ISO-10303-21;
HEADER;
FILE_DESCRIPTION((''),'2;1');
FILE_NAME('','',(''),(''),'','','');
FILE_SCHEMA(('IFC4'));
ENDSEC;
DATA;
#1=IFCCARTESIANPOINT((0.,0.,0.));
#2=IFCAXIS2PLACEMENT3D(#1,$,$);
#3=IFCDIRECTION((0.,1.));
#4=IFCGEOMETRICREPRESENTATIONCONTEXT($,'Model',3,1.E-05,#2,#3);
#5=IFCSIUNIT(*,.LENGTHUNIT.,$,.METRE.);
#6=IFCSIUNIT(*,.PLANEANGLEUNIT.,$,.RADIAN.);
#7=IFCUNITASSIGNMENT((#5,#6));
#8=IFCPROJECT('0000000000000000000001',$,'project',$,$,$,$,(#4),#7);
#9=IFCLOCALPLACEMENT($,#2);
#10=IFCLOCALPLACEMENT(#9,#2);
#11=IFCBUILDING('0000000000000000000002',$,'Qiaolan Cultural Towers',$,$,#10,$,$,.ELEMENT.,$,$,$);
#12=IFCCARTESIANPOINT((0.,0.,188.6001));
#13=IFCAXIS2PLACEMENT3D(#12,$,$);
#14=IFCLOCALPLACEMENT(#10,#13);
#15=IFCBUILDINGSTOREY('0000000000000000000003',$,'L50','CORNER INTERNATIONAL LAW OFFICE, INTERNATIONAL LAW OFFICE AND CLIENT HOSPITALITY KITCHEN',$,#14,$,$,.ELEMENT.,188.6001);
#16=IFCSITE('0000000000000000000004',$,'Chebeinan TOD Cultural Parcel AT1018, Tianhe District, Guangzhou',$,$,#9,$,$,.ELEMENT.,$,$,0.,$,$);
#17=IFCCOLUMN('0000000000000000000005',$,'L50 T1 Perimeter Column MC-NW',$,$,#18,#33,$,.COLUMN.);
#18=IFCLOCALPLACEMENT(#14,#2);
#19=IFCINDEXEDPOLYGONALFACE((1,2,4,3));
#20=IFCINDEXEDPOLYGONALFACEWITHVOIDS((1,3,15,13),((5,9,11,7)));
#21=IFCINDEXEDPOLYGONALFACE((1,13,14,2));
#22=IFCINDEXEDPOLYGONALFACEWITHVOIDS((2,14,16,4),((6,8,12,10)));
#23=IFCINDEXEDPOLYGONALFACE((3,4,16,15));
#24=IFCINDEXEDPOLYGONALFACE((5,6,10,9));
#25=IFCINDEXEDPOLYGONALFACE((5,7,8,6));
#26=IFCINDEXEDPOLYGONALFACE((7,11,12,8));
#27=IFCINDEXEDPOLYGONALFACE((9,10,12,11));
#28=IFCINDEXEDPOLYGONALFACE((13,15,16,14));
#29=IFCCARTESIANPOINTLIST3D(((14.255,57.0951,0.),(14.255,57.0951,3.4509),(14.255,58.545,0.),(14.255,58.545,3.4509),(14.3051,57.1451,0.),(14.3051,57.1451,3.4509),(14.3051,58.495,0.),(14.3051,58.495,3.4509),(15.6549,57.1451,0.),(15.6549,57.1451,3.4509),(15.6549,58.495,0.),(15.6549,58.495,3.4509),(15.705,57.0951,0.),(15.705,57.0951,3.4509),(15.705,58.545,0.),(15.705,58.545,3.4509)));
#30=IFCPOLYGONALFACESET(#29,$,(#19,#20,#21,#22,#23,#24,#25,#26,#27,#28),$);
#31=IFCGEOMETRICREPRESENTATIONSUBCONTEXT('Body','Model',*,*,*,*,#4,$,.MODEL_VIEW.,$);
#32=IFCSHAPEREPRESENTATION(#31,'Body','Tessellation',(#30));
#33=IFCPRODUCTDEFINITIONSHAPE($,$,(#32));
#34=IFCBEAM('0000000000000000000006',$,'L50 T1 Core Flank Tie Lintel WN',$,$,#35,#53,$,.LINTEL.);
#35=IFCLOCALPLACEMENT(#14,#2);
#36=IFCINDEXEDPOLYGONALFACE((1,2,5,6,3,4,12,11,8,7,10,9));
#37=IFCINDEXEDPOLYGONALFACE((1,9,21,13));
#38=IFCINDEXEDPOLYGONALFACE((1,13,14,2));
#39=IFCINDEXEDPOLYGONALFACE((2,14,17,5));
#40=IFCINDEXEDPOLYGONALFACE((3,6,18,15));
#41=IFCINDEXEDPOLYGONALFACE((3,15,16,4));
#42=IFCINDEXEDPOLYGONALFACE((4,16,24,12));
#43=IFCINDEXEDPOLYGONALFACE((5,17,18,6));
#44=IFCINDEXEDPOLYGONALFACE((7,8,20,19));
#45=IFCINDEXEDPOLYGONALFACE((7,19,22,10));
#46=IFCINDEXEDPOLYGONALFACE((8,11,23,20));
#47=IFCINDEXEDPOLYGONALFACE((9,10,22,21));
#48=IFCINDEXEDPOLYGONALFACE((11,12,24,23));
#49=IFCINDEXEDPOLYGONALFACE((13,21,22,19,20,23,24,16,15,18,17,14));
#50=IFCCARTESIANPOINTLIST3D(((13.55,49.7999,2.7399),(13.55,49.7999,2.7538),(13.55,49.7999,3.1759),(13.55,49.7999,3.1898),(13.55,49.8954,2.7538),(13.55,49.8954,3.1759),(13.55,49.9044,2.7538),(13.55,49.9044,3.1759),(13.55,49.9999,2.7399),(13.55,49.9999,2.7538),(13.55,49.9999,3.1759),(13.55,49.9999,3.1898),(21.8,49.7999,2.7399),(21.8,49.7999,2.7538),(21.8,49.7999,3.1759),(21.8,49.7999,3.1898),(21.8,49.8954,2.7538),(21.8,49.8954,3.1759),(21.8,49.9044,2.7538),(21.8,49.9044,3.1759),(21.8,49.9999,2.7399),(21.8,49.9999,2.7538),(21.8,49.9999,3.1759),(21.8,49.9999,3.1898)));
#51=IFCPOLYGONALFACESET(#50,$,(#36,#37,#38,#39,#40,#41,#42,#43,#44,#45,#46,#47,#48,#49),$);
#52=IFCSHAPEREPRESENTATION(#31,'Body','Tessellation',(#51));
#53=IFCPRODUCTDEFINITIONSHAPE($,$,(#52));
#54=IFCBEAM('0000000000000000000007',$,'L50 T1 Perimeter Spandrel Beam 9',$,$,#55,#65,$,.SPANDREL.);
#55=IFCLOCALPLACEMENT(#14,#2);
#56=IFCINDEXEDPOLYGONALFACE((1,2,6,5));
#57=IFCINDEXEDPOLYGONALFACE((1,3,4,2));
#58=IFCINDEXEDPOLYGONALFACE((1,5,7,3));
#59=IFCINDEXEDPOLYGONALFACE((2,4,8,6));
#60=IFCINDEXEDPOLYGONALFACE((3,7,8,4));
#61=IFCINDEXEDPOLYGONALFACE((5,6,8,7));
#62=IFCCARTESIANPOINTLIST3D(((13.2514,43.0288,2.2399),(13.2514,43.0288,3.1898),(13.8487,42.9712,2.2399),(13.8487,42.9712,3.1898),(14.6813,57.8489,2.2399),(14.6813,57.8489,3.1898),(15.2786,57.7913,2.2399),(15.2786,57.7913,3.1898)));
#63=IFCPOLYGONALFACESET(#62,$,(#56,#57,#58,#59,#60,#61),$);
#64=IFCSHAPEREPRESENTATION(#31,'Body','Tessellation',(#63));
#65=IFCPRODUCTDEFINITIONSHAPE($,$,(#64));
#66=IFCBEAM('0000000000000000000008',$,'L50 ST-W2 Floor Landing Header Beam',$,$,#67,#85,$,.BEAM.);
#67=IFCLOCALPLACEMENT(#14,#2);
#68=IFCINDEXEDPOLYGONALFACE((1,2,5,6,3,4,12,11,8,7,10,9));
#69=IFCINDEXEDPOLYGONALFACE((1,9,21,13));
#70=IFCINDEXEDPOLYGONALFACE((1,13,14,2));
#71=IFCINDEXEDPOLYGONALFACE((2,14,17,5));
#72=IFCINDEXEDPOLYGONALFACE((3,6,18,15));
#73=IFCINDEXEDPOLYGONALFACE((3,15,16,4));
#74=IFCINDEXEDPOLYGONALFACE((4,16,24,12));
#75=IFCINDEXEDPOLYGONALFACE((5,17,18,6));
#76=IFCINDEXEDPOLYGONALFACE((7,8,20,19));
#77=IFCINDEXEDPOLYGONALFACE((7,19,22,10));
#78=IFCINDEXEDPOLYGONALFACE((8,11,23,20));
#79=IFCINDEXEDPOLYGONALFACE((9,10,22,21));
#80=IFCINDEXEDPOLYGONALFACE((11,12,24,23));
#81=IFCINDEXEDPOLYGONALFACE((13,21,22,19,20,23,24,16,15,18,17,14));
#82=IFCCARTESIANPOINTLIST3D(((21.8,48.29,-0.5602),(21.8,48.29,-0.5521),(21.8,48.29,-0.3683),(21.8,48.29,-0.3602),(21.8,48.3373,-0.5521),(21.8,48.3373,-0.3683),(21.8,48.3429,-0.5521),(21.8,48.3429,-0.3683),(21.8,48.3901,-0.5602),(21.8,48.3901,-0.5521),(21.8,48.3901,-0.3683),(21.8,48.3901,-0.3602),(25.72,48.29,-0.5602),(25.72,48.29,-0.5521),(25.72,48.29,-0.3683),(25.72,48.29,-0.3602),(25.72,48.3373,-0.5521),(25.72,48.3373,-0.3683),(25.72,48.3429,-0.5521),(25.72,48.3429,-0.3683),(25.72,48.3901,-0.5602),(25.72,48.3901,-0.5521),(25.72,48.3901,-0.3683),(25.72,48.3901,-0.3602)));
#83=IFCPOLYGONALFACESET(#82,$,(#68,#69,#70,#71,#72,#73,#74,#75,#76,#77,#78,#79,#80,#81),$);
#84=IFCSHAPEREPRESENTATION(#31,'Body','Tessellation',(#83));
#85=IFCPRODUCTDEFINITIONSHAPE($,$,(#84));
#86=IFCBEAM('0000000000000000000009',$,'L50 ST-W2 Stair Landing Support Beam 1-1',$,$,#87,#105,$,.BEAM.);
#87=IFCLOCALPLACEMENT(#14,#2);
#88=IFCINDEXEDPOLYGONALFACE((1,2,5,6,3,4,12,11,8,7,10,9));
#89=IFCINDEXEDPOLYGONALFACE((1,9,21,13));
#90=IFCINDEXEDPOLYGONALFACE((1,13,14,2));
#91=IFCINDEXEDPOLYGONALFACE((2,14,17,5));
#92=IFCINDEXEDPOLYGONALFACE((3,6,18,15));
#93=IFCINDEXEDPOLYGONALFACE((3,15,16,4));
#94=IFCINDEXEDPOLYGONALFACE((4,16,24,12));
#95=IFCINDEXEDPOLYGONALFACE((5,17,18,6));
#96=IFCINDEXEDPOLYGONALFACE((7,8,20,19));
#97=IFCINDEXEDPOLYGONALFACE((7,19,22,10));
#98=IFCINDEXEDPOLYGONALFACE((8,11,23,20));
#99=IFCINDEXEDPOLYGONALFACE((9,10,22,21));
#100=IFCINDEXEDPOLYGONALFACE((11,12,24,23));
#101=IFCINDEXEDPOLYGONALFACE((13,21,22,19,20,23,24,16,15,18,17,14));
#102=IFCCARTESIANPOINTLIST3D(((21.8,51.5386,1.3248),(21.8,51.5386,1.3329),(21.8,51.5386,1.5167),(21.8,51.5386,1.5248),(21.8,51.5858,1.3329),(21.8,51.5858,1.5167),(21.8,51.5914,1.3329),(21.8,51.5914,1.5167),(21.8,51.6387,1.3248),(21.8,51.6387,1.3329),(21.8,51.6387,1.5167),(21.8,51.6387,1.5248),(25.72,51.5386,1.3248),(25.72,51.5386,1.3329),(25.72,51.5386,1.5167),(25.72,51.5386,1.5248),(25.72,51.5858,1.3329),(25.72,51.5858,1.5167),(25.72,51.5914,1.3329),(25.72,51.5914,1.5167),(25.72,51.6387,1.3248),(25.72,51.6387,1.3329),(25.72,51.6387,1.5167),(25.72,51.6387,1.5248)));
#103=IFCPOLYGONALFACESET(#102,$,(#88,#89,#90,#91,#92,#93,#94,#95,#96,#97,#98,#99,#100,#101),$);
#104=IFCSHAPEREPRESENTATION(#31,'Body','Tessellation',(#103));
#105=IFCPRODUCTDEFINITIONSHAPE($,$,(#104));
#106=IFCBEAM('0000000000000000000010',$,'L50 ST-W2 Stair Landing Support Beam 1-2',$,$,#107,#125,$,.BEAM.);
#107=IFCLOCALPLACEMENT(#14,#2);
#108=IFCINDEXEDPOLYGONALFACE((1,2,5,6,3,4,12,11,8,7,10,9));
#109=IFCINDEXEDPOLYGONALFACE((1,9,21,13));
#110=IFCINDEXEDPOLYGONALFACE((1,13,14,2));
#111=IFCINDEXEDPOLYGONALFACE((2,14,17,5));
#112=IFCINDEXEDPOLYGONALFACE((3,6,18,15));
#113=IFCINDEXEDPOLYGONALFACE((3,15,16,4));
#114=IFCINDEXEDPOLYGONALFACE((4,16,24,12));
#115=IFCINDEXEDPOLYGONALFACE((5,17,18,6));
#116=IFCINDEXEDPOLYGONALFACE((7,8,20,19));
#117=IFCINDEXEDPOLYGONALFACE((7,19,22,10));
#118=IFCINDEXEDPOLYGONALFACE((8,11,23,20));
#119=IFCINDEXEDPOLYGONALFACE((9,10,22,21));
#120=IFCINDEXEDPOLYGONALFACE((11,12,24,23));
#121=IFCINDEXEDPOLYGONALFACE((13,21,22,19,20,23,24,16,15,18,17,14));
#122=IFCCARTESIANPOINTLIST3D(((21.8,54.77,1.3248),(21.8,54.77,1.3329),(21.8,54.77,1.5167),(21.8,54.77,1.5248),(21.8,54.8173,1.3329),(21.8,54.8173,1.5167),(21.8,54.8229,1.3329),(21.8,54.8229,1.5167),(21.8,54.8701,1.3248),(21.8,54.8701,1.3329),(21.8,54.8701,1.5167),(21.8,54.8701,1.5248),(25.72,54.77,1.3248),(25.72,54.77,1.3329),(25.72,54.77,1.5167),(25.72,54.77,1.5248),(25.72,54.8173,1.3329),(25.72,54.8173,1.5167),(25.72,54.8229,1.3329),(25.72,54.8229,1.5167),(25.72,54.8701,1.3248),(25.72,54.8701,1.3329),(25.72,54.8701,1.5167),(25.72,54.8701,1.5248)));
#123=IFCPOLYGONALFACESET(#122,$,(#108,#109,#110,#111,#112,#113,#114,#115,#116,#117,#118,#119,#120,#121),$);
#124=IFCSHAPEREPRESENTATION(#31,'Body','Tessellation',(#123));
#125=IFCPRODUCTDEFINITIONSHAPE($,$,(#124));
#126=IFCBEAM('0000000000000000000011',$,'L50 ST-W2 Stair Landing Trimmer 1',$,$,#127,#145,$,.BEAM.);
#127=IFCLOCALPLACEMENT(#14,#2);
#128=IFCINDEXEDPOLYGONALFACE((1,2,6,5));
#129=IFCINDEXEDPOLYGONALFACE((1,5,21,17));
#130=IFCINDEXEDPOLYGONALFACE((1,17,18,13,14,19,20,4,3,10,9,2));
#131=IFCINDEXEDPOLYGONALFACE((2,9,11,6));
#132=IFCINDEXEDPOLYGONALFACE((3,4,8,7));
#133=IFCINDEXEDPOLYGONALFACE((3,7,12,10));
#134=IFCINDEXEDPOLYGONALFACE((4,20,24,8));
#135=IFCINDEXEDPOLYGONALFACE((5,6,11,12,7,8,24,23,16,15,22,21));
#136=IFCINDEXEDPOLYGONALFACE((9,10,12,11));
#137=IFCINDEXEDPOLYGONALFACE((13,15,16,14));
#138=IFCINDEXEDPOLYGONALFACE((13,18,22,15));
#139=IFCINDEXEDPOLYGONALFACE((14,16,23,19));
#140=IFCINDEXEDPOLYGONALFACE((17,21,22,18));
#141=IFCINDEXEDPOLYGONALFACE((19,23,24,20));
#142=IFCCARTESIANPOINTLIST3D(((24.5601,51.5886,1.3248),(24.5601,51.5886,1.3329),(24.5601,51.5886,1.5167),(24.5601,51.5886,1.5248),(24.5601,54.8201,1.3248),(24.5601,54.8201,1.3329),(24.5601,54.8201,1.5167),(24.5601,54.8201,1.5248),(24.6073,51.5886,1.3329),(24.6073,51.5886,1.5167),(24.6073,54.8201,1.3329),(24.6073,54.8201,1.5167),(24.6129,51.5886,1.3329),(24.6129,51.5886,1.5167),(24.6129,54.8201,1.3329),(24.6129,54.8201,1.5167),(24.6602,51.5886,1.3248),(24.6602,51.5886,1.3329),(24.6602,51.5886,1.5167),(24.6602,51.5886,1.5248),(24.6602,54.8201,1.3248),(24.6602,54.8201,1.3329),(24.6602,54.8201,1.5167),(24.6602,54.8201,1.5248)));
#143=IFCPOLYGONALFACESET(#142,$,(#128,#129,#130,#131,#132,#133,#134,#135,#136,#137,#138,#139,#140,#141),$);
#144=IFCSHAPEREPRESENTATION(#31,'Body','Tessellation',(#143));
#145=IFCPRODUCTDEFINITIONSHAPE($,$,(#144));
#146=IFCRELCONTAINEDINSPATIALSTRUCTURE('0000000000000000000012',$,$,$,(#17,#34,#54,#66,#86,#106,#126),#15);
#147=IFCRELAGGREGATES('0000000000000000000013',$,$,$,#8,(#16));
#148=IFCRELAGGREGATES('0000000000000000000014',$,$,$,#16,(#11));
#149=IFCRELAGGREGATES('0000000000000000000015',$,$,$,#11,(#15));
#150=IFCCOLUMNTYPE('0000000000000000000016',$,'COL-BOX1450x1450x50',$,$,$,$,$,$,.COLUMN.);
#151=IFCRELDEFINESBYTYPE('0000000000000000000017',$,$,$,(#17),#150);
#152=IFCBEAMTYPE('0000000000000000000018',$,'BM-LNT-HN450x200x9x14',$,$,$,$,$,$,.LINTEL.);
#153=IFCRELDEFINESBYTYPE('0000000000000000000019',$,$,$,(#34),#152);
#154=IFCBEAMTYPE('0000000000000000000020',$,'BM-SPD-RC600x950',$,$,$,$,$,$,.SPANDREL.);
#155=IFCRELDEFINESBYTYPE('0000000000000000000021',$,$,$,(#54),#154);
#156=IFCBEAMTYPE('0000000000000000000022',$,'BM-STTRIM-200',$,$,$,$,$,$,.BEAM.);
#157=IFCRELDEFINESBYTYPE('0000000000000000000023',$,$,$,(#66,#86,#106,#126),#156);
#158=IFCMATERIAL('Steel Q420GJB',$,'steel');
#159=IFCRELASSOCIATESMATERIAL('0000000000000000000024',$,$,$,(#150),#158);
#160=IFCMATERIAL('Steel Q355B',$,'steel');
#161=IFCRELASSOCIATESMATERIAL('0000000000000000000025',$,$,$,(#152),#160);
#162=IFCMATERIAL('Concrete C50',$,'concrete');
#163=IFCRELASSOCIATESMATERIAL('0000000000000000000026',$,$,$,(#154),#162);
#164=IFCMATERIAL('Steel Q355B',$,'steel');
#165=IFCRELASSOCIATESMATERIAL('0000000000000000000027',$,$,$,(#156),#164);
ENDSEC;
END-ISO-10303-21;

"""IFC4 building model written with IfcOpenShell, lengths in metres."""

from ifc_helpers import new_model, si_unit, direction, frame, origin, origin_2d, place, context, subcontext, project, spatial, rectangle, hollow_rectangle, i_section, extrude, material, material_profile, profile_set, type_object, element, save


model = new_model("IFC4")

# Units and contexts
model_context = context("Model", 3, precision=1e-05, world=origin(), true_north=direction((0.0, 1.0)))
body_context = subcontext(model_context, "Body", "Model", "MODEL_VIEW")
ifc_project = project(units=[si_unit("LENGTHUNIT", "METRE"), si_unit("PLANEANGLEUNIT", "RADIAN")], contexts=[model_context])

# Site, building, storey
site_placement = place(None, origin())
site = spatial("IfcSite", under=ifc_project, at=site_placement, Name="Chebeinan TOD Cultural Parcel AT1018, Tianhe District, Guangzhou", CompositionType="ELEMENT", RefElevation=0.0)
building_placement = place(site_placement, origin())
building = spatial("IfcBuilding", under=site, at=building_placement, Name="Qiaolan Cultural Towers", CompositionType="ELEMENT")
storey_placement = place(building_placement, frame((0.0, 0.0, 188.6001)))
storey = spatial("IfcBuildingStorey", under=building, at=storey_placement, Name="L50", Description="CORNER INTERNATIONAL LAW OFFICE, INTERNATIONAL LAW OFFICE AND CLIENT HOSPITALITY KITCHEN", CompositionType="ELEMENT", Elevation=188.6001)

# Column
ifc_material_1 = material(Name="Steel Q420GJB", Category="steel")
ifc_material_profile_1 = material_profile(ifc_material_1, hollow_rectangle(XDim=1.45, YDim=1.45, WallThickness=0.05, at=origin_2d()), Name="BOX1450x1450x50")
ifc_profile_set_1 = profile_set([ifc_material_profile_1], Name="Steel Q420GJB")
column_type = type_object("IfcColumnType", Name="COL-BOX1450x1450x50", PredefinedType="COLUMN", material=ifc_profile_set_1)
column_placement = place(storey_placement, frame((14.98, 57.8201, 0.0), z_axis=(0.0, 0.0, 1.0), x_axis=(1.0, 0.0, 0.0)))
element("IfcColumn", 1, at=column_placement, inside=storey, type_object=column_type, Name="L50 T1 Perimeter Column MC-NW", PredefinedType="COLUMN", context=body_context, shape_type="SweptSolid", body=[
    extrude(hollow_rectangle(XDim=1.45, YDim=1.45, WallThickness=0.05, at=origin_2d()), origin(), (0.0, 0.0, 1.0), 3.4509),
])

# Beams
ifc_material_2 = material(Name="Steel Q355B", Category="steel")
ifc_material_profile_2 = material_profile(ifc_material_2, i_section(OverallWidth=0.2, OverallDepth=0.45, WebThickness=0.009, FlangeThickness=0.0139, at=origin_2d()), Name="HN450x200x9x14")
ifc_profile_set_2 = profile_set([ifc_material_profile_2], Name="Steel Q355B")
beam_type_1 = type_object("IfcBeamType", Name="BM-LNT-HN450x200x9x14", PredefinedType="LINTEL", material=ifc_profile_set_2)
beam_1_placement = place(storey_placement, frame((21.8, 49.8999, 2.9648), z_axis=(-1.0, 0.0, 0.0), x_axis=(0.0, -1.0, 0.0)))
element("IfcBeam", 2, at=beam_1_placement, inside=storey, type_object=beam_type_1, Name="L50 T1 Core Flank Tie Lintel WN", PredefinedType="LINTEL", context=body_context, shape_type="SweptSolid", body=[
    extrude(i_section(OverallWidth=0.2, OverallDepth=0.45, WebThickness=0.009, FlangeThickness=0.0139, at=origin_2d()), origin(), (0.0, 0.0, 1.0), 8.25),
])
ifc_material_3 = material(Name="Concrete C50", Category="concrete")
ifc_material_profile_3 = material_profile(ifc_material_3, rectangle(XDim=0.6001, YDim=0.95, at=origin_2d()), Name="RC600x950")
ifc_profile_set_3 = profile_set([ifc_material_profile_3], Name="Concrete C50")
beam_type_2 = type_object("IfcBeamType", Name="BM-SPD-RC600x950", PredefinedType="SPANDREL", material=ifc_profile_set_3)
beam_2_placement = place(storey_placement, frame((14.98, 57.8201, 2.7148), z_axis=(-0.09604, -0.995377, 0.0), x_axis=(0.995377, -0.09604, 0.0)))
element("IfcBeam", 3, at=beam_2_placement, inside=storey, type_object=beam_type_2, Name="L50 T1 Perimeter Spandrel Beam 9", PredefinedType="SPANDREL", context=body_context, shape_type="SweptSolid", body=[
    extrude(rectangle(XDim=0.6001, YDim=0.95, at=origin_2d()), origin(), (0.0, 0.0, 1.0), 14.8889),
])
ifc_material_4 = material(Name="Steel Q355B", Category="steel")
ifc_material_profile_4 = material_profile(ifc_material_4, i_section(OverallWidth=0.1001, OverallDepth=0.2, WebThickness=0.0056, FlangeThickness=0.0081, at=origin_2d()), Name="HN200x100x5.5x8")
ifc_profile_set_4 = profile_set([ifc_material_profile_4], Name="Steel Q355B")
beam_type_3 = type_object("IfcBeamType", Name="BM-STTRIM-200", PredefinedType="BEAM", material=ifc_profile_set_4)
for number, where, z_axis, x_axis, name in (
    (4, (21.8, 48.3401, -0.4602), (1.0, 0.0, 0.0), (0.0, 1.0, 0.0), "L50 ST-W2 Floor Landing Header Beam"),
    (5, (21.8, 51.5886, 1.4248), (1.0, 0.0, 0.0), (0.0, 1.0, 0.0), "L50 ST-W2 Stair Landing Support Beam 1-1"),
    (6, (21.8, 54.8201, 1.4248), (1.0, 0.0, 0.0), (0.0, 1.0, 0.0), "L50 ST-W2 Stair Landing Support Beam 1-2"),
):
    element("IfcBeam", number, at=place(storey_placement, frame(where, z_axis=z_axis, x_axis=x_axis)), inside=storey, type_object=beam_type_3, Name=name, PredefinedType="BEAM", context=body_context, shape_type="SweptSolid", body=[
        extrude(i_section(OverallWidth=0.1001, OverallDepth=0.2, WebThickness=0.0056, FlangeThickness=0.0081, at=origin_2d()), origin(), (0.0, 0.0, 1.0), 3.9199),
    ])
beam_3_placement = place(storey_placement, frame((24.6101, 51.5886, 1.4248), z_axis=(0.0, 1.0, 0.0), x_axis=(-1.0, 0.0, 0.0)))
element("IfcBeam", 7, at=beam_3_placement, inside=storey, type_object=beam_type_3, Name="L50 ST-W2 Stair Landing Trimmer 1", PredefinedType="BEAM", context=body_context, shape_type="SweptSolid", body=[
    extrude(i_section(OverallWidth=0.1001, OverallDepth=0.2, WebThickness=0.0056, FlangeThickness=0.0081, at=origin_2d()), origin(), (0.0, 0.0, 1.0), 3.2314),
])

save(model, "model.ifc")
